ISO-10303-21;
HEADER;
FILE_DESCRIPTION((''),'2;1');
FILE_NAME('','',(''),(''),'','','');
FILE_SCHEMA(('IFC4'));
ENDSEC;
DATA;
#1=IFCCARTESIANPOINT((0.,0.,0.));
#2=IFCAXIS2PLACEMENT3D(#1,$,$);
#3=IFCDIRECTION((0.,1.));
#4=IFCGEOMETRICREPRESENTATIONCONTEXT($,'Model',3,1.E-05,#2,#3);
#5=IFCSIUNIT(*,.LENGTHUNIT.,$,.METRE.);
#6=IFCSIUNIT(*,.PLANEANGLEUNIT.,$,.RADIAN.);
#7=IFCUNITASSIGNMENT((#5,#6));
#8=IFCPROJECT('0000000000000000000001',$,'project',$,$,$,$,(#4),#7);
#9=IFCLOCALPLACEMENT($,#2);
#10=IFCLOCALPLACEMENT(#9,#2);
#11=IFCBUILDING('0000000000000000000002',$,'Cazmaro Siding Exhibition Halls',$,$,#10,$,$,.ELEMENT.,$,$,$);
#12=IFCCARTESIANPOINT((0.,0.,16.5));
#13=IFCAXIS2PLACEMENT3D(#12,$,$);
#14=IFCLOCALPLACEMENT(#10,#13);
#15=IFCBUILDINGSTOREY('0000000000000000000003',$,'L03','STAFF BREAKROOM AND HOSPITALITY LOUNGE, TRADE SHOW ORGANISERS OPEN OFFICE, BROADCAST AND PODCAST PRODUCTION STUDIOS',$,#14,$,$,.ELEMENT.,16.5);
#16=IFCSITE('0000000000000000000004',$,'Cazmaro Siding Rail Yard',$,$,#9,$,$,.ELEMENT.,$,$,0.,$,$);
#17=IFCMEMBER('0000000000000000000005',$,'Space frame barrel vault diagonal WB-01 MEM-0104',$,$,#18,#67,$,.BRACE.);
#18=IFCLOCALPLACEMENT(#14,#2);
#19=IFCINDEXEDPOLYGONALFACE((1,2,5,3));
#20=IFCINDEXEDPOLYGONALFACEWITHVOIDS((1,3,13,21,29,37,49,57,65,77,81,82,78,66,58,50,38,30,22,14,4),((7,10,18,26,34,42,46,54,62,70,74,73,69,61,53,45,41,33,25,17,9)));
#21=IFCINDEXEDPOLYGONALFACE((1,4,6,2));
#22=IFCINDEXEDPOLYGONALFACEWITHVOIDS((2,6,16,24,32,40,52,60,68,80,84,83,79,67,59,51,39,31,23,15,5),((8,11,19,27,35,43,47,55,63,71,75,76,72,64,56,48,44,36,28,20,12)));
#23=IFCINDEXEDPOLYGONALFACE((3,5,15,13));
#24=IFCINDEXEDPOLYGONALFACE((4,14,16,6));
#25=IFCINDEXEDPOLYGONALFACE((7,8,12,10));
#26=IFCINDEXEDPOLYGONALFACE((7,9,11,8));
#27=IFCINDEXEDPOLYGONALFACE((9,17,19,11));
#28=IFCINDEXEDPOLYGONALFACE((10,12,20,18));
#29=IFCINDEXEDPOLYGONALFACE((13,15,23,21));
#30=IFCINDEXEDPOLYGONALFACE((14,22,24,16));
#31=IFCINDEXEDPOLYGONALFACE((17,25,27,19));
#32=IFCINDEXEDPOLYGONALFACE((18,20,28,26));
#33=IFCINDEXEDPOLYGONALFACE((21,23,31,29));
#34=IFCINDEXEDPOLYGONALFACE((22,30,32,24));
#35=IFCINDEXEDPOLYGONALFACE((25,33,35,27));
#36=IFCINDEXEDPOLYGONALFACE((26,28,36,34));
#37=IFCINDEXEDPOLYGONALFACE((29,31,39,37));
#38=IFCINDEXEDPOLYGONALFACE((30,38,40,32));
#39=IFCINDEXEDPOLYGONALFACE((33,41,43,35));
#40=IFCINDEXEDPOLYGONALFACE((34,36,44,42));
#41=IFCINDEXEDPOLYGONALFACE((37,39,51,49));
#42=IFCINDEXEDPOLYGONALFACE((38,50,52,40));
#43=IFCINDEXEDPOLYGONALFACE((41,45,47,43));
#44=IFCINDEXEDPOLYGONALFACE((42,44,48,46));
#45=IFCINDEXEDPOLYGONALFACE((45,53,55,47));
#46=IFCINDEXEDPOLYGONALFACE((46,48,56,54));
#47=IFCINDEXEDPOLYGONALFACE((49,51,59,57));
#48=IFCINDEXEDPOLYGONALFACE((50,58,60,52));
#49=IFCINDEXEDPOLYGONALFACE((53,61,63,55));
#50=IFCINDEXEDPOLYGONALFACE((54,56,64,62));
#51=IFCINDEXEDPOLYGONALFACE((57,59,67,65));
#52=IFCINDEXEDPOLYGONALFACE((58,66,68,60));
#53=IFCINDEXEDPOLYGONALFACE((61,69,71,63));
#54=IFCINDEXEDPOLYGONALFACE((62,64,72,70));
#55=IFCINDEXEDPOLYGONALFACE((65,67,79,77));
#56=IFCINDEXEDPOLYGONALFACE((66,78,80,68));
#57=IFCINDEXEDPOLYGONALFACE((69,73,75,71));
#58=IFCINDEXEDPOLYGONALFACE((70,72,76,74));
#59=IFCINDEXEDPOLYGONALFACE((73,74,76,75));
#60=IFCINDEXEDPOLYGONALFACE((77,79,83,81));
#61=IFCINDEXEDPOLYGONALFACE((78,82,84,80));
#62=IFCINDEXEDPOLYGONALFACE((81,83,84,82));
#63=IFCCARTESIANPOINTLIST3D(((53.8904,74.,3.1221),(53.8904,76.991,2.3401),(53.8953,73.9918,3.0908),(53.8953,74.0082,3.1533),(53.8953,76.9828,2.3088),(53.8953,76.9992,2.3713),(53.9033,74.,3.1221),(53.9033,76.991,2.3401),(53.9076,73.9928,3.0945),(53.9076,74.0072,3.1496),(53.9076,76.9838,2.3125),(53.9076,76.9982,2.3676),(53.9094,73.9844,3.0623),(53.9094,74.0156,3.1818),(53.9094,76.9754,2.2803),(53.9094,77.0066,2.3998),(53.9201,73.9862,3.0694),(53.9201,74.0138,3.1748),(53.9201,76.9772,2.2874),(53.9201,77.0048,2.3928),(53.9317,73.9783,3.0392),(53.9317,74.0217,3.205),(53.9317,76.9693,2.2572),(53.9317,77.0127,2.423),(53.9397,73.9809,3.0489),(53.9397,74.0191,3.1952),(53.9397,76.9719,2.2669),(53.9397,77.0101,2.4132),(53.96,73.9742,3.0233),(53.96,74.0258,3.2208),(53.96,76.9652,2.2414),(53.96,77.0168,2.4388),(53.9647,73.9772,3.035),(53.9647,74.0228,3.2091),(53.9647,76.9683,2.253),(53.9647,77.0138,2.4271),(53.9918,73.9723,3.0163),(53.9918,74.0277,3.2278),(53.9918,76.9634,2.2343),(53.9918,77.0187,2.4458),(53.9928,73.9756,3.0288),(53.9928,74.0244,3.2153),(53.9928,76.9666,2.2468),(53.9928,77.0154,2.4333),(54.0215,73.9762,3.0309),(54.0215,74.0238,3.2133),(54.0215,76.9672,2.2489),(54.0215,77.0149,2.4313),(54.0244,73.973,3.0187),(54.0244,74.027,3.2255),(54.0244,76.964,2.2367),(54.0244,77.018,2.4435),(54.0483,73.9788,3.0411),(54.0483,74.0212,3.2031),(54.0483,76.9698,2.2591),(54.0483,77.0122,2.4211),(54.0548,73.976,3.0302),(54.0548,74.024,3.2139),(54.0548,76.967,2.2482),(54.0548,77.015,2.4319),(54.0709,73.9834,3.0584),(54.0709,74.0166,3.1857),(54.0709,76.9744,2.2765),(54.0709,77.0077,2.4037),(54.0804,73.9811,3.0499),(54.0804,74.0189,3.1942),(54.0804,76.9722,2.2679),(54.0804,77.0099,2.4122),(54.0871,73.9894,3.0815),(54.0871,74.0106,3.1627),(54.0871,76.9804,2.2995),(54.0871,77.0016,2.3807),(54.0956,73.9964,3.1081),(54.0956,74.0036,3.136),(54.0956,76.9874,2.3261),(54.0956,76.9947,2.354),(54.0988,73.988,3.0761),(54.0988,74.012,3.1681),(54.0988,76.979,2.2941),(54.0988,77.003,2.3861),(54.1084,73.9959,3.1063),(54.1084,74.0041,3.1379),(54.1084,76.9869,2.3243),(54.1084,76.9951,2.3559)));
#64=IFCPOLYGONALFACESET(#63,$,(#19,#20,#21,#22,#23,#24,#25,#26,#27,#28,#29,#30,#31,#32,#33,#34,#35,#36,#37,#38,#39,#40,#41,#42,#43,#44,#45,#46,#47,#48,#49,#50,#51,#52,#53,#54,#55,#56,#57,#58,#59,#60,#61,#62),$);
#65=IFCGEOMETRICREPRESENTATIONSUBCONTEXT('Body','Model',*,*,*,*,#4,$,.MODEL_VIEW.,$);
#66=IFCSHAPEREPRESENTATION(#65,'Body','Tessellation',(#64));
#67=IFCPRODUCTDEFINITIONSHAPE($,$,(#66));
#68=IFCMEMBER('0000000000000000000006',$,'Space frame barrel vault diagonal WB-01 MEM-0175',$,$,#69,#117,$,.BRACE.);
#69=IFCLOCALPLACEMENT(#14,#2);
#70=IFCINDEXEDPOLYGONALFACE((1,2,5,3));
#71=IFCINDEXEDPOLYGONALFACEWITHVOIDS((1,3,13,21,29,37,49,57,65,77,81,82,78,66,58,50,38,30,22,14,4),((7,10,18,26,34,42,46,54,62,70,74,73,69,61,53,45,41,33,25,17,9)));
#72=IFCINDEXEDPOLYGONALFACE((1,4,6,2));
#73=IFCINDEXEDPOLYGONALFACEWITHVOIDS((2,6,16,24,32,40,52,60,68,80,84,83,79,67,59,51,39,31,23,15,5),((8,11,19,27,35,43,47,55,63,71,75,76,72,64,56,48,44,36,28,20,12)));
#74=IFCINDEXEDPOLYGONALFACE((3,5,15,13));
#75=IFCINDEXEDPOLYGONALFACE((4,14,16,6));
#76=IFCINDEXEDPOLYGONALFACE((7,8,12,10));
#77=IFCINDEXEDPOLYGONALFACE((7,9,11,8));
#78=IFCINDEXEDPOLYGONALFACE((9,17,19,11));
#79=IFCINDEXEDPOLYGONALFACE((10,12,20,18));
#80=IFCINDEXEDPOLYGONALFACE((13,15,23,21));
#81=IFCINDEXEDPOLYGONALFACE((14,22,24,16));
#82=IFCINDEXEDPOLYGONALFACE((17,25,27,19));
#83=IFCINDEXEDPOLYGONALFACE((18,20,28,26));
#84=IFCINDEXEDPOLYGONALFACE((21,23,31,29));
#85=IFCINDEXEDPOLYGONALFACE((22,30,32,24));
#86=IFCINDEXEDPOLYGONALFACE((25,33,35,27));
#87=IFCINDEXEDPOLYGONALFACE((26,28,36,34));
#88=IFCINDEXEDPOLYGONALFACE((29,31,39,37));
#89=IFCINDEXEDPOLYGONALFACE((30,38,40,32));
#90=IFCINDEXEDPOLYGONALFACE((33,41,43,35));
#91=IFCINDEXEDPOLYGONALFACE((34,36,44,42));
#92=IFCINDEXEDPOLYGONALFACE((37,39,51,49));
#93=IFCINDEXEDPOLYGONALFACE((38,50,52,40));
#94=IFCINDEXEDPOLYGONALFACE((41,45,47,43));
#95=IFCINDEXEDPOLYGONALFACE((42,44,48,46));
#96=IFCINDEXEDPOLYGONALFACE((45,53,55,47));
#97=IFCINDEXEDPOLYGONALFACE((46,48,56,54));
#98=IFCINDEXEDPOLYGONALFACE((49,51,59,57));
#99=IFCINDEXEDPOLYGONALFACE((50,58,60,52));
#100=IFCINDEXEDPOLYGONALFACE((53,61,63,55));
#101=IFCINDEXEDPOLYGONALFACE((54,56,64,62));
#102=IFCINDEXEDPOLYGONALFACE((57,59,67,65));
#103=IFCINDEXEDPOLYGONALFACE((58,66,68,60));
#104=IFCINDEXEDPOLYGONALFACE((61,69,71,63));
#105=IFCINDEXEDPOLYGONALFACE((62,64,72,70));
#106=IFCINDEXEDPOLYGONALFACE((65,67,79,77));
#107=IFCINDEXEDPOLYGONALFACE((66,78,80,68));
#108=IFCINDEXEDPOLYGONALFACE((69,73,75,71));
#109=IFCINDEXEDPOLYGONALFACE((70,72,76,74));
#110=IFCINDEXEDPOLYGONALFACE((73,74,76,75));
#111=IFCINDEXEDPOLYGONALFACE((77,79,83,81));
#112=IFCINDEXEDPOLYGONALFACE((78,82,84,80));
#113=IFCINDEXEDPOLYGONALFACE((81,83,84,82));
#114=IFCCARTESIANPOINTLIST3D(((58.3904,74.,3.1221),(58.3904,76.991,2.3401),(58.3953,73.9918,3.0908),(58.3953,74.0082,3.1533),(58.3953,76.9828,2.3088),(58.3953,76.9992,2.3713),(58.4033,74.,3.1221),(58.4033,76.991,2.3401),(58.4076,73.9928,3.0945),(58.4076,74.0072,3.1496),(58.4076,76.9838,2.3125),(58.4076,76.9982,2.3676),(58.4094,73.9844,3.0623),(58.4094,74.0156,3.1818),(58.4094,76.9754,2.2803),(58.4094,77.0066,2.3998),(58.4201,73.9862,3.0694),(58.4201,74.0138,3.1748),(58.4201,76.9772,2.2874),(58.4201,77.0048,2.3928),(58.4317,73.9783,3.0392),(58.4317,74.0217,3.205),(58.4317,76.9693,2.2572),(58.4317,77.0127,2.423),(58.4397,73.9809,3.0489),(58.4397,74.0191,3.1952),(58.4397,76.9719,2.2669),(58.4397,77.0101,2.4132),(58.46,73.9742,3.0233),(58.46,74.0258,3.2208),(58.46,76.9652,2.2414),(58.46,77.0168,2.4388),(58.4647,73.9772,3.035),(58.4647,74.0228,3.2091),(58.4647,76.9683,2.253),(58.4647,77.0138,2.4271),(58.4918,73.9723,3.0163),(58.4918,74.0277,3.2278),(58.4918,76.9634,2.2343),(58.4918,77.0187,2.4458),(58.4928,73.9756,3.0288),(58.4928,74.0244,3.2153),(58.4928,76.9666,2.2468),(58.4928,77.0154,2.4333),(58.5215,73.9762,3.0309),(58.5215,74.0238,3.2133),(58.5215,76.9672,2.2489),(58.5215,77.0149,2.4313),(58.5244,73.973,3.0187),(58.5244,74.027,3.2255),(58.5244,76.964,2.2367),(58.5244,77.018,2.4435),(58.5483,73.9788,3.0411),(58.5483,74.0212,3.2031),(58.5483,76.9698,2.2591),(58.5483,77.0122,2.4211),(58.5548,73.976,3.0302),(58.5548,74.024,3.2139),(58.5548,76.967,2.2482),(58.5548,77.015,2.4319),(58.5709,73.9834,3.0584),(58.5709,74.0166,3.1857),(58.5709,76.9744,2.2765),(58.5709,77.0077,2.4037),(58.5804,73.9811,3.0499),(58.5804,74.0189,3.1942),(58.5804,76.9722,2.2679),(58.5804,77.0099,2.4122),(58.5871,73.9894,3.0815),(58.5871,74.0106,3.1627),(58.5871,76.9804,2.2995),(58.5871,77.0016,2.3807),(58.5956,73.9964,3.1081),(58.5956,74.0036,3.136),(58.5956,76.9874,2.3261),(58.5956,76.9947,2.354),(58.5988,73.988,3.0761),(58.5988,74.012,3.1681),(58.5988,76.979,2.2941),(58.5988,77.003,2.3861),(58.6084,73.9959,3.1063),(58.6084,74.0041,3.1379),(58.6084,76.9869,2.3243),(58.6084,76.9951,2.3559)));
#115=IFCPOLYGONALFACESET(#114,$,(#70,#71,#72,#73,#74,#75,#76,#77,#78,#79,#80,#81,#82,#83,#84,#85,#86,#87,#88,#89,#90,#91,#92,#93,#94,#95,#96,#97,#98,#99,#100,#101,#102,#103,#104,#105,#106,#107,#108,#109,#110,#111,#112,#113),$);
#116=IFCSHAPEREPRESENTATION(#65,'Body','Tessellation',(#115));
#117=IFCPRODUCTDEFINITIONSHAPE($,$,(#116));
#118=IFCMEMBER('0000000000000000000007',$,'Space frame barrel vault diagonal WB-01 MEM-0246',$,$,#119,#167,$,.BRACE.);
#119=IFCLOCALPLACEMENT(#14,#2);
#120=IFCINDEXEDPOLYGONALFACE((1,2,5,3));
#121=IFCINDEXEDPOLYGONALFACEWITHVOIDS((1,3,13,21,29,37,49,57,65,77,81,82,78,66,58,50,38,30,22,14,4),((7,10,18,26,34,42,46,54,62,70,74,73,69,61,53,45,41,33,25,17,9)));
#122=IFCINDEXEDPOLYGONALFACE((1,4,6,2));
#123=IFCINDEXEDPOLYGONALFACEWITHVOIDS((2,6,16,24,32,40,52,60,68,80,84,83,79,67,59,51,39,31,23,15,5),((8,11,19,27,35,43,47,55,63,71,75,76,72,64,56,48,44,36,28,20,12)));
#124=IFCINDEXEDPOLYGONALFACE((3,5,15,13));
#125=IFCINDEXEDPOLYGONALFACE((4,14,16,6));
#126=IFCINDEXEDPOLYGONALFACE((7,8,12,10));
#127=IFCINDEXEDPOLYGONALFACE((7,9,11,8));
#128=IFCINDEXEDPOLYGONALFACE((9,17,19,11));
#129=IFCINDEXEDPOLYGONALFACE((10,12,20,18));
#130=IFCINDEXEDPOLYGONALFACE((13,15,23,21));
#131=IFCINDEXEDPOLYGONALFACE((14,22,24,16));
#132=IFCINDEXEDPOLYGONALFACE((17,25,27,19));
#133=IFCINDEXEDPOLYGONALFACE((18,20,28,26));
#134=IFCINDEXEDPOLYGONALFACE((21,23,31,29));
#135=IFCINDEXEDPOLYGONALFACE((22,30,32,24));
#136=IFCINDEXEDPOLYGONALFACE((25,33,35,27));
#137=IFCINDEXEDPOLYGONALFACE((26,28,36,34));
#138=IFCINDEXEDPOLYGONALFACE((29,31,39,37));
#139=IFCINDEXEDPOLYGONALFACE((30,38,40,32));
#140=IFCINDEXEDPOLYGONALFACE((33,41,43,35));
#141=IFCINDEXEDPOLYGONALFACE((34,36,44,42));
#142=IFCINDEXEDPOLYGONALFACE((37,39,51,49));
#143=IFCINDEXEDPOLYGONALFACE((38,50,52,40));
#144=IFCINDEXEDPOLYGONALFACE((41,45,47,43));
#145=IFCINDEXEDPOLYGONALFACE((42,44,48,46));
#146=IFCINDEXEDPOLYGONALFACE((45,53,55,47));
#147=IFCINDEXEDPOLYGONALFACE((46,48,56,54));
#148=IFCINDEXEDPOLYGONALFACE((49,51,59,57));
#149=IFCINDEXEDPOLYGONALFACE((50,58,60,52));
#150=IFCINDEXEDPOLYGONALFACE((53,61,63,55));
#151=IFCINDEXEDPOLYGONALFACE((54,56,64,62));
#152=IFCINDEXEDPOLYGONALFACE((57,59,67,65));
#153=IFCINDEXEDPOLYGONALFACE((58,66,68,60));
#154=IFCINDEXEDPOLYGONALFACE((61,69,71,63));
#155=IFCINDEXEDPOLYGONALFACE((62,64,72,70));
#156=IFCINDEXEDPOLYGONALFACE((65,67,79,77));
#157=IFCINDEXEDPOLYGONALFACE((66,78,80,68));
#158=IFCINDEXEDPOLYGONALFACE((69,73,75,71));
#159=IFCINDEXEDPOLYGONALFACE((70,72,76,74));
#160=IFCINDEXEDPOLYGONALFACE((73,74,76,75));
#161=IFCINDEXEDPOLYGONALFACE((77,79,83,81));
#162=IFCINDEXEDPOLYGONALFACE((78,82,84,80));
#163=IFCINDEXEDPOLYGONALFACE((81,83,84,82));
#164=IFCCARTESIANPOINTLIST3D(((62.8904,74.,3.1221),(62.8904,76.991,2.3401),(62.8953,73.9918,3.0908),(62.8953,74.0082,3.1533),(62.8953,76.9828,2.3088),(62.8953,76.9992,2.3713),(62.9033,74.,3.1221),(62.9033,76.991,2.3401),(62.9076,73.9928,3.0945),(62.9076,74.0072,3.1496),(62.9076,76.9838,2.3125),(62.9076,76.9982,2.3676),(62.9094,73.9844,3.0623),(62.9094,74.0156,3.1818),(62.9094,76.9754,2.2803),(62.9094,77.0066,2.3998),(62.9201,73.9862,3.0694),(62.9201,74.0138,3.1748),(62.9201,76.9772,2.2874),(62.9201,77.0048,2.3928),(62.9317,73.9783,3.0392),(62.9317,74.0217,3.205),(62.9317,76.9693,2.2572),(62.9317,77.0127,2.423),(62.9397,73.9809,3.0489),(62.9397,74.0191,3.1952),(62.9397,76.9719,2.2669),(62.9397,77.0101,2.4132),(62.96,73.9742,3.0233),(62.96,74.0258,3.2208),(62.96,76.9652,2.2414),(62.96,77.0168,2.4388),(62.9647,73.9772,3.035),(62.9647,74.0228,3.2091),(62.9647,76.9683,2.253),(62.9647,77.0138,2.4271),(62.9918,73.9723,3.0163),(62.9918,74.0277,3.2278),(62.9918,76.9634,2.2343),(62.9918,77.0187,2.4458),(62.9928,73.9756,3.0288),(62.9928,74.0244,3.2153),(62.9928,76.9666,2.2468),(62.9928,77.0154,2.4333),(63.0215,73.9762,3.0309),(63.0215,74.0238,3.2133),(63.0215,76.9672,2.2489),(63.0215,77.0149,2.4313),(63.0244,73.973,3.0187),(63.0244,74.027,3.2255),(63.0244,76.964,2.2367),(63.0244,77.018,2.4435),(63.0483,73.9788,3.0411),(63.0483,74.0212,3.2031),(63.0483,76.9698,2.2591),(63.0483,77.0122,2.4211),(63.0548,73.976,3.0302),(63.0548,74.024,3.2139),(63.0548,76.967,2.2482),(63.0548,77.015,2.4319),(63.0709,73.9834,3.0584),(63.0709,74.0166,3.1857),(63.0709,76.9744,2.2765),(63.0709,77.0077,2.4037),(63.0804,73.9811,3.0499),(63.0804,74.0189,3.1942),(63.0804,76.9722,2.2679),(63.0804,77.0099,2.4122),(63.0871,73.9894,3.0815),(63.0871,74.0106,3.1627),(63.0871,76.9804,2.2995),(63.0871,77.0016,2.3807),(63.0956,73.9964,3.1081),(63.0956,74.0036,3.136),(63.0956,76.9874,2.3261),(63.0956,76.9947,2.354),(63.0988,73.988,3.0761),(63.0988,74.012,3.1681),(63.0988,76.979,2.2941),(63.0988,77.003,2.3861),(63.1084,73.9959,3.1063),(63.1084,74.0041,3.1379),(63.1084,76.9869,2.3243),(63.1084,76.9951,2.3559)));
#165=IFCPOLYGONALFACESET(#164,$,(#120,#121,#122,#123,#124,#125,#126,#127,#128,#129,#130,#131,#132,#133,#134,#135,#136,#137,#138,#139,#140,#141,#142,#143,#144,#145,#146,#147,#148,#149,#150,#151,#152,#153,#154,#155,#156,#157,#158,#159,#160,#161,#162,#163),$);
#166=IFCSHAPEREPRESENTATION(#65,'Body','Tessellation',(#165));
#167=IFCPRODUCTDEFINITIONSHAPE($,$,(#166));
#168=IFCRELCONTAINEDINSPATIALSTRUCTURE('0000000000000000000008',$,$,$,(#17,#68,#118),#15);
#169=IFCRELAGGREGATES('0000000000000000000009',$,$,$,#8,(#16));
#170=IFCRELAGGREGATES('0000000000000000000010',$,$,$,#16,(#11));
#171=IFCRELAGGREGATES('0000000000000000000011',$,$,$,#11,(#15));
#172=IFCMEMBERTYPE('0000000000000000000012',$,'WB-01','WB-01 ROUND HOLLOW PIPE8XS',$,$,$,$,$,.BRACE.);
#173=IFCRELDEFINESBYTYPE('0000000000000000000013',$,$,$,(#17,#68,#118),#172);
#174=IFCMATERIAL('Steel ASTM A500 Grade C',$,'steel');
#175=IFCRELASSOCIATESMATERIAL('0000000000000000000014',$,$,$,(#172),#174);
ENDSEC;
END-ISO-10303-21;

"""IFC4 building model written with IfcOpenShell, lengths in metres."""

from ifc_helpers import new_model, si_unit, direction, frame, origin, origin_2d, place, context, subcontext, project, spatial, hollow_circle, extrude, material, material_profile, profile_set, type_object, element, save


model = new_model("IFC4")

# Units and contexts
model_context = context("Model", 3, precision=1e-05, world=origin(), true_north=direction((0.0, 1.0)))
body_context = subcontext(model_context, "Body", "Model", "MODEL_VIEW")
ifc_project = project(units=[si_unit("LENGTHUNIT", "METRE"), si_unit("PLANEANGLEUNIT", "RADIAN")], contexts=[model_context])

# Site, building, storey
site_placement = place(None, origin())
site = spatial("IfcSite", under=ifc_project, at=site_placement, Name="Cazmaro Siding Rail Yard", CompositionType="ELEMENT", RefElevation=0.0)
building_placement = place(site_placement, origin())
building = spatial("IfcBuilding", under=site, at=building_placement, Name="Cazmaro Siding Exhibition Halls", CompositionType="ELEMENT")
storey_placement = place(building_placement, frame((0.0, 0.0, 16.5)))
storey = spatial("IfcBuildingStorey", under=building, at=storey_placement, Name="L03", Description="STAFF BREAKROOM AND HOSPITALITY LOUNGE, TRADE SHOW ORGANISERS OPEN OFFICE, BROADCAST AND PODCAST PRODUCTION STUDIOS", CompositionType="ELEMENT", Elevation=16.5)

# Members
ifc_material_1 = material(Name="Steel ASTM A500 Grade C", Category="steel")
ifc_material_profile_1 = material_profile(ifc_material_1, hollow_circle(Radius=0.1096, WallThickness=0.0129, at=origin_2d()), Name="PIPE8XS")
ifc_profile_set_1 = profile_set([ifc_material_profile_1], Name="Steel ASTM A500 Grade C")
member_type_1 = type_object("IfcMemberType", Name="WB-01", Description="WB-01 ROUND HOLLOW PIPE8XS", PredefinedType="BRACE", material=ifc_profile_set_1)
for number, where, z_axis, x_axis, name in (
    (1, (54.0, 74.0, 3.1221), (0.0, 0.96748, -0.252946), (-1.0, 0.0, 0.0), "Space frame barrel vault diagonal WB-01 MEM-0104"),
    (2, (58.5, 74.0, 3.1221), (0.0, 0.96748, -0.252946), (-1.0, 0.0, 0.0), "Space frame barrel vault diagonal WB-01 MEM-0175"),
    (3, (63.0, 74.0, 3.1221), (0.0, 0.96748, -0.252946), (-1.0, 0.0, 0.0), "Space frame barrel vault diagonal WB-01 MEM-0246"),
):
    element("IfcMember", number, at=place(storey_placement, frame(where, z_axis=z_axis, x_axis=x_axis)), inside=storey, type_object=member_type_1, Name=name, PredefinedType="BRACE", context=body_context, shape_type="SweptSolid", body=[
        extrude(hollow_circle(Radius=0.1096, WallThickness=0.0129, at=origin_2d()), origin(), (0.0, 0.0, 1.0), 3.0916),
    ])

save(model, "model.ifc")
